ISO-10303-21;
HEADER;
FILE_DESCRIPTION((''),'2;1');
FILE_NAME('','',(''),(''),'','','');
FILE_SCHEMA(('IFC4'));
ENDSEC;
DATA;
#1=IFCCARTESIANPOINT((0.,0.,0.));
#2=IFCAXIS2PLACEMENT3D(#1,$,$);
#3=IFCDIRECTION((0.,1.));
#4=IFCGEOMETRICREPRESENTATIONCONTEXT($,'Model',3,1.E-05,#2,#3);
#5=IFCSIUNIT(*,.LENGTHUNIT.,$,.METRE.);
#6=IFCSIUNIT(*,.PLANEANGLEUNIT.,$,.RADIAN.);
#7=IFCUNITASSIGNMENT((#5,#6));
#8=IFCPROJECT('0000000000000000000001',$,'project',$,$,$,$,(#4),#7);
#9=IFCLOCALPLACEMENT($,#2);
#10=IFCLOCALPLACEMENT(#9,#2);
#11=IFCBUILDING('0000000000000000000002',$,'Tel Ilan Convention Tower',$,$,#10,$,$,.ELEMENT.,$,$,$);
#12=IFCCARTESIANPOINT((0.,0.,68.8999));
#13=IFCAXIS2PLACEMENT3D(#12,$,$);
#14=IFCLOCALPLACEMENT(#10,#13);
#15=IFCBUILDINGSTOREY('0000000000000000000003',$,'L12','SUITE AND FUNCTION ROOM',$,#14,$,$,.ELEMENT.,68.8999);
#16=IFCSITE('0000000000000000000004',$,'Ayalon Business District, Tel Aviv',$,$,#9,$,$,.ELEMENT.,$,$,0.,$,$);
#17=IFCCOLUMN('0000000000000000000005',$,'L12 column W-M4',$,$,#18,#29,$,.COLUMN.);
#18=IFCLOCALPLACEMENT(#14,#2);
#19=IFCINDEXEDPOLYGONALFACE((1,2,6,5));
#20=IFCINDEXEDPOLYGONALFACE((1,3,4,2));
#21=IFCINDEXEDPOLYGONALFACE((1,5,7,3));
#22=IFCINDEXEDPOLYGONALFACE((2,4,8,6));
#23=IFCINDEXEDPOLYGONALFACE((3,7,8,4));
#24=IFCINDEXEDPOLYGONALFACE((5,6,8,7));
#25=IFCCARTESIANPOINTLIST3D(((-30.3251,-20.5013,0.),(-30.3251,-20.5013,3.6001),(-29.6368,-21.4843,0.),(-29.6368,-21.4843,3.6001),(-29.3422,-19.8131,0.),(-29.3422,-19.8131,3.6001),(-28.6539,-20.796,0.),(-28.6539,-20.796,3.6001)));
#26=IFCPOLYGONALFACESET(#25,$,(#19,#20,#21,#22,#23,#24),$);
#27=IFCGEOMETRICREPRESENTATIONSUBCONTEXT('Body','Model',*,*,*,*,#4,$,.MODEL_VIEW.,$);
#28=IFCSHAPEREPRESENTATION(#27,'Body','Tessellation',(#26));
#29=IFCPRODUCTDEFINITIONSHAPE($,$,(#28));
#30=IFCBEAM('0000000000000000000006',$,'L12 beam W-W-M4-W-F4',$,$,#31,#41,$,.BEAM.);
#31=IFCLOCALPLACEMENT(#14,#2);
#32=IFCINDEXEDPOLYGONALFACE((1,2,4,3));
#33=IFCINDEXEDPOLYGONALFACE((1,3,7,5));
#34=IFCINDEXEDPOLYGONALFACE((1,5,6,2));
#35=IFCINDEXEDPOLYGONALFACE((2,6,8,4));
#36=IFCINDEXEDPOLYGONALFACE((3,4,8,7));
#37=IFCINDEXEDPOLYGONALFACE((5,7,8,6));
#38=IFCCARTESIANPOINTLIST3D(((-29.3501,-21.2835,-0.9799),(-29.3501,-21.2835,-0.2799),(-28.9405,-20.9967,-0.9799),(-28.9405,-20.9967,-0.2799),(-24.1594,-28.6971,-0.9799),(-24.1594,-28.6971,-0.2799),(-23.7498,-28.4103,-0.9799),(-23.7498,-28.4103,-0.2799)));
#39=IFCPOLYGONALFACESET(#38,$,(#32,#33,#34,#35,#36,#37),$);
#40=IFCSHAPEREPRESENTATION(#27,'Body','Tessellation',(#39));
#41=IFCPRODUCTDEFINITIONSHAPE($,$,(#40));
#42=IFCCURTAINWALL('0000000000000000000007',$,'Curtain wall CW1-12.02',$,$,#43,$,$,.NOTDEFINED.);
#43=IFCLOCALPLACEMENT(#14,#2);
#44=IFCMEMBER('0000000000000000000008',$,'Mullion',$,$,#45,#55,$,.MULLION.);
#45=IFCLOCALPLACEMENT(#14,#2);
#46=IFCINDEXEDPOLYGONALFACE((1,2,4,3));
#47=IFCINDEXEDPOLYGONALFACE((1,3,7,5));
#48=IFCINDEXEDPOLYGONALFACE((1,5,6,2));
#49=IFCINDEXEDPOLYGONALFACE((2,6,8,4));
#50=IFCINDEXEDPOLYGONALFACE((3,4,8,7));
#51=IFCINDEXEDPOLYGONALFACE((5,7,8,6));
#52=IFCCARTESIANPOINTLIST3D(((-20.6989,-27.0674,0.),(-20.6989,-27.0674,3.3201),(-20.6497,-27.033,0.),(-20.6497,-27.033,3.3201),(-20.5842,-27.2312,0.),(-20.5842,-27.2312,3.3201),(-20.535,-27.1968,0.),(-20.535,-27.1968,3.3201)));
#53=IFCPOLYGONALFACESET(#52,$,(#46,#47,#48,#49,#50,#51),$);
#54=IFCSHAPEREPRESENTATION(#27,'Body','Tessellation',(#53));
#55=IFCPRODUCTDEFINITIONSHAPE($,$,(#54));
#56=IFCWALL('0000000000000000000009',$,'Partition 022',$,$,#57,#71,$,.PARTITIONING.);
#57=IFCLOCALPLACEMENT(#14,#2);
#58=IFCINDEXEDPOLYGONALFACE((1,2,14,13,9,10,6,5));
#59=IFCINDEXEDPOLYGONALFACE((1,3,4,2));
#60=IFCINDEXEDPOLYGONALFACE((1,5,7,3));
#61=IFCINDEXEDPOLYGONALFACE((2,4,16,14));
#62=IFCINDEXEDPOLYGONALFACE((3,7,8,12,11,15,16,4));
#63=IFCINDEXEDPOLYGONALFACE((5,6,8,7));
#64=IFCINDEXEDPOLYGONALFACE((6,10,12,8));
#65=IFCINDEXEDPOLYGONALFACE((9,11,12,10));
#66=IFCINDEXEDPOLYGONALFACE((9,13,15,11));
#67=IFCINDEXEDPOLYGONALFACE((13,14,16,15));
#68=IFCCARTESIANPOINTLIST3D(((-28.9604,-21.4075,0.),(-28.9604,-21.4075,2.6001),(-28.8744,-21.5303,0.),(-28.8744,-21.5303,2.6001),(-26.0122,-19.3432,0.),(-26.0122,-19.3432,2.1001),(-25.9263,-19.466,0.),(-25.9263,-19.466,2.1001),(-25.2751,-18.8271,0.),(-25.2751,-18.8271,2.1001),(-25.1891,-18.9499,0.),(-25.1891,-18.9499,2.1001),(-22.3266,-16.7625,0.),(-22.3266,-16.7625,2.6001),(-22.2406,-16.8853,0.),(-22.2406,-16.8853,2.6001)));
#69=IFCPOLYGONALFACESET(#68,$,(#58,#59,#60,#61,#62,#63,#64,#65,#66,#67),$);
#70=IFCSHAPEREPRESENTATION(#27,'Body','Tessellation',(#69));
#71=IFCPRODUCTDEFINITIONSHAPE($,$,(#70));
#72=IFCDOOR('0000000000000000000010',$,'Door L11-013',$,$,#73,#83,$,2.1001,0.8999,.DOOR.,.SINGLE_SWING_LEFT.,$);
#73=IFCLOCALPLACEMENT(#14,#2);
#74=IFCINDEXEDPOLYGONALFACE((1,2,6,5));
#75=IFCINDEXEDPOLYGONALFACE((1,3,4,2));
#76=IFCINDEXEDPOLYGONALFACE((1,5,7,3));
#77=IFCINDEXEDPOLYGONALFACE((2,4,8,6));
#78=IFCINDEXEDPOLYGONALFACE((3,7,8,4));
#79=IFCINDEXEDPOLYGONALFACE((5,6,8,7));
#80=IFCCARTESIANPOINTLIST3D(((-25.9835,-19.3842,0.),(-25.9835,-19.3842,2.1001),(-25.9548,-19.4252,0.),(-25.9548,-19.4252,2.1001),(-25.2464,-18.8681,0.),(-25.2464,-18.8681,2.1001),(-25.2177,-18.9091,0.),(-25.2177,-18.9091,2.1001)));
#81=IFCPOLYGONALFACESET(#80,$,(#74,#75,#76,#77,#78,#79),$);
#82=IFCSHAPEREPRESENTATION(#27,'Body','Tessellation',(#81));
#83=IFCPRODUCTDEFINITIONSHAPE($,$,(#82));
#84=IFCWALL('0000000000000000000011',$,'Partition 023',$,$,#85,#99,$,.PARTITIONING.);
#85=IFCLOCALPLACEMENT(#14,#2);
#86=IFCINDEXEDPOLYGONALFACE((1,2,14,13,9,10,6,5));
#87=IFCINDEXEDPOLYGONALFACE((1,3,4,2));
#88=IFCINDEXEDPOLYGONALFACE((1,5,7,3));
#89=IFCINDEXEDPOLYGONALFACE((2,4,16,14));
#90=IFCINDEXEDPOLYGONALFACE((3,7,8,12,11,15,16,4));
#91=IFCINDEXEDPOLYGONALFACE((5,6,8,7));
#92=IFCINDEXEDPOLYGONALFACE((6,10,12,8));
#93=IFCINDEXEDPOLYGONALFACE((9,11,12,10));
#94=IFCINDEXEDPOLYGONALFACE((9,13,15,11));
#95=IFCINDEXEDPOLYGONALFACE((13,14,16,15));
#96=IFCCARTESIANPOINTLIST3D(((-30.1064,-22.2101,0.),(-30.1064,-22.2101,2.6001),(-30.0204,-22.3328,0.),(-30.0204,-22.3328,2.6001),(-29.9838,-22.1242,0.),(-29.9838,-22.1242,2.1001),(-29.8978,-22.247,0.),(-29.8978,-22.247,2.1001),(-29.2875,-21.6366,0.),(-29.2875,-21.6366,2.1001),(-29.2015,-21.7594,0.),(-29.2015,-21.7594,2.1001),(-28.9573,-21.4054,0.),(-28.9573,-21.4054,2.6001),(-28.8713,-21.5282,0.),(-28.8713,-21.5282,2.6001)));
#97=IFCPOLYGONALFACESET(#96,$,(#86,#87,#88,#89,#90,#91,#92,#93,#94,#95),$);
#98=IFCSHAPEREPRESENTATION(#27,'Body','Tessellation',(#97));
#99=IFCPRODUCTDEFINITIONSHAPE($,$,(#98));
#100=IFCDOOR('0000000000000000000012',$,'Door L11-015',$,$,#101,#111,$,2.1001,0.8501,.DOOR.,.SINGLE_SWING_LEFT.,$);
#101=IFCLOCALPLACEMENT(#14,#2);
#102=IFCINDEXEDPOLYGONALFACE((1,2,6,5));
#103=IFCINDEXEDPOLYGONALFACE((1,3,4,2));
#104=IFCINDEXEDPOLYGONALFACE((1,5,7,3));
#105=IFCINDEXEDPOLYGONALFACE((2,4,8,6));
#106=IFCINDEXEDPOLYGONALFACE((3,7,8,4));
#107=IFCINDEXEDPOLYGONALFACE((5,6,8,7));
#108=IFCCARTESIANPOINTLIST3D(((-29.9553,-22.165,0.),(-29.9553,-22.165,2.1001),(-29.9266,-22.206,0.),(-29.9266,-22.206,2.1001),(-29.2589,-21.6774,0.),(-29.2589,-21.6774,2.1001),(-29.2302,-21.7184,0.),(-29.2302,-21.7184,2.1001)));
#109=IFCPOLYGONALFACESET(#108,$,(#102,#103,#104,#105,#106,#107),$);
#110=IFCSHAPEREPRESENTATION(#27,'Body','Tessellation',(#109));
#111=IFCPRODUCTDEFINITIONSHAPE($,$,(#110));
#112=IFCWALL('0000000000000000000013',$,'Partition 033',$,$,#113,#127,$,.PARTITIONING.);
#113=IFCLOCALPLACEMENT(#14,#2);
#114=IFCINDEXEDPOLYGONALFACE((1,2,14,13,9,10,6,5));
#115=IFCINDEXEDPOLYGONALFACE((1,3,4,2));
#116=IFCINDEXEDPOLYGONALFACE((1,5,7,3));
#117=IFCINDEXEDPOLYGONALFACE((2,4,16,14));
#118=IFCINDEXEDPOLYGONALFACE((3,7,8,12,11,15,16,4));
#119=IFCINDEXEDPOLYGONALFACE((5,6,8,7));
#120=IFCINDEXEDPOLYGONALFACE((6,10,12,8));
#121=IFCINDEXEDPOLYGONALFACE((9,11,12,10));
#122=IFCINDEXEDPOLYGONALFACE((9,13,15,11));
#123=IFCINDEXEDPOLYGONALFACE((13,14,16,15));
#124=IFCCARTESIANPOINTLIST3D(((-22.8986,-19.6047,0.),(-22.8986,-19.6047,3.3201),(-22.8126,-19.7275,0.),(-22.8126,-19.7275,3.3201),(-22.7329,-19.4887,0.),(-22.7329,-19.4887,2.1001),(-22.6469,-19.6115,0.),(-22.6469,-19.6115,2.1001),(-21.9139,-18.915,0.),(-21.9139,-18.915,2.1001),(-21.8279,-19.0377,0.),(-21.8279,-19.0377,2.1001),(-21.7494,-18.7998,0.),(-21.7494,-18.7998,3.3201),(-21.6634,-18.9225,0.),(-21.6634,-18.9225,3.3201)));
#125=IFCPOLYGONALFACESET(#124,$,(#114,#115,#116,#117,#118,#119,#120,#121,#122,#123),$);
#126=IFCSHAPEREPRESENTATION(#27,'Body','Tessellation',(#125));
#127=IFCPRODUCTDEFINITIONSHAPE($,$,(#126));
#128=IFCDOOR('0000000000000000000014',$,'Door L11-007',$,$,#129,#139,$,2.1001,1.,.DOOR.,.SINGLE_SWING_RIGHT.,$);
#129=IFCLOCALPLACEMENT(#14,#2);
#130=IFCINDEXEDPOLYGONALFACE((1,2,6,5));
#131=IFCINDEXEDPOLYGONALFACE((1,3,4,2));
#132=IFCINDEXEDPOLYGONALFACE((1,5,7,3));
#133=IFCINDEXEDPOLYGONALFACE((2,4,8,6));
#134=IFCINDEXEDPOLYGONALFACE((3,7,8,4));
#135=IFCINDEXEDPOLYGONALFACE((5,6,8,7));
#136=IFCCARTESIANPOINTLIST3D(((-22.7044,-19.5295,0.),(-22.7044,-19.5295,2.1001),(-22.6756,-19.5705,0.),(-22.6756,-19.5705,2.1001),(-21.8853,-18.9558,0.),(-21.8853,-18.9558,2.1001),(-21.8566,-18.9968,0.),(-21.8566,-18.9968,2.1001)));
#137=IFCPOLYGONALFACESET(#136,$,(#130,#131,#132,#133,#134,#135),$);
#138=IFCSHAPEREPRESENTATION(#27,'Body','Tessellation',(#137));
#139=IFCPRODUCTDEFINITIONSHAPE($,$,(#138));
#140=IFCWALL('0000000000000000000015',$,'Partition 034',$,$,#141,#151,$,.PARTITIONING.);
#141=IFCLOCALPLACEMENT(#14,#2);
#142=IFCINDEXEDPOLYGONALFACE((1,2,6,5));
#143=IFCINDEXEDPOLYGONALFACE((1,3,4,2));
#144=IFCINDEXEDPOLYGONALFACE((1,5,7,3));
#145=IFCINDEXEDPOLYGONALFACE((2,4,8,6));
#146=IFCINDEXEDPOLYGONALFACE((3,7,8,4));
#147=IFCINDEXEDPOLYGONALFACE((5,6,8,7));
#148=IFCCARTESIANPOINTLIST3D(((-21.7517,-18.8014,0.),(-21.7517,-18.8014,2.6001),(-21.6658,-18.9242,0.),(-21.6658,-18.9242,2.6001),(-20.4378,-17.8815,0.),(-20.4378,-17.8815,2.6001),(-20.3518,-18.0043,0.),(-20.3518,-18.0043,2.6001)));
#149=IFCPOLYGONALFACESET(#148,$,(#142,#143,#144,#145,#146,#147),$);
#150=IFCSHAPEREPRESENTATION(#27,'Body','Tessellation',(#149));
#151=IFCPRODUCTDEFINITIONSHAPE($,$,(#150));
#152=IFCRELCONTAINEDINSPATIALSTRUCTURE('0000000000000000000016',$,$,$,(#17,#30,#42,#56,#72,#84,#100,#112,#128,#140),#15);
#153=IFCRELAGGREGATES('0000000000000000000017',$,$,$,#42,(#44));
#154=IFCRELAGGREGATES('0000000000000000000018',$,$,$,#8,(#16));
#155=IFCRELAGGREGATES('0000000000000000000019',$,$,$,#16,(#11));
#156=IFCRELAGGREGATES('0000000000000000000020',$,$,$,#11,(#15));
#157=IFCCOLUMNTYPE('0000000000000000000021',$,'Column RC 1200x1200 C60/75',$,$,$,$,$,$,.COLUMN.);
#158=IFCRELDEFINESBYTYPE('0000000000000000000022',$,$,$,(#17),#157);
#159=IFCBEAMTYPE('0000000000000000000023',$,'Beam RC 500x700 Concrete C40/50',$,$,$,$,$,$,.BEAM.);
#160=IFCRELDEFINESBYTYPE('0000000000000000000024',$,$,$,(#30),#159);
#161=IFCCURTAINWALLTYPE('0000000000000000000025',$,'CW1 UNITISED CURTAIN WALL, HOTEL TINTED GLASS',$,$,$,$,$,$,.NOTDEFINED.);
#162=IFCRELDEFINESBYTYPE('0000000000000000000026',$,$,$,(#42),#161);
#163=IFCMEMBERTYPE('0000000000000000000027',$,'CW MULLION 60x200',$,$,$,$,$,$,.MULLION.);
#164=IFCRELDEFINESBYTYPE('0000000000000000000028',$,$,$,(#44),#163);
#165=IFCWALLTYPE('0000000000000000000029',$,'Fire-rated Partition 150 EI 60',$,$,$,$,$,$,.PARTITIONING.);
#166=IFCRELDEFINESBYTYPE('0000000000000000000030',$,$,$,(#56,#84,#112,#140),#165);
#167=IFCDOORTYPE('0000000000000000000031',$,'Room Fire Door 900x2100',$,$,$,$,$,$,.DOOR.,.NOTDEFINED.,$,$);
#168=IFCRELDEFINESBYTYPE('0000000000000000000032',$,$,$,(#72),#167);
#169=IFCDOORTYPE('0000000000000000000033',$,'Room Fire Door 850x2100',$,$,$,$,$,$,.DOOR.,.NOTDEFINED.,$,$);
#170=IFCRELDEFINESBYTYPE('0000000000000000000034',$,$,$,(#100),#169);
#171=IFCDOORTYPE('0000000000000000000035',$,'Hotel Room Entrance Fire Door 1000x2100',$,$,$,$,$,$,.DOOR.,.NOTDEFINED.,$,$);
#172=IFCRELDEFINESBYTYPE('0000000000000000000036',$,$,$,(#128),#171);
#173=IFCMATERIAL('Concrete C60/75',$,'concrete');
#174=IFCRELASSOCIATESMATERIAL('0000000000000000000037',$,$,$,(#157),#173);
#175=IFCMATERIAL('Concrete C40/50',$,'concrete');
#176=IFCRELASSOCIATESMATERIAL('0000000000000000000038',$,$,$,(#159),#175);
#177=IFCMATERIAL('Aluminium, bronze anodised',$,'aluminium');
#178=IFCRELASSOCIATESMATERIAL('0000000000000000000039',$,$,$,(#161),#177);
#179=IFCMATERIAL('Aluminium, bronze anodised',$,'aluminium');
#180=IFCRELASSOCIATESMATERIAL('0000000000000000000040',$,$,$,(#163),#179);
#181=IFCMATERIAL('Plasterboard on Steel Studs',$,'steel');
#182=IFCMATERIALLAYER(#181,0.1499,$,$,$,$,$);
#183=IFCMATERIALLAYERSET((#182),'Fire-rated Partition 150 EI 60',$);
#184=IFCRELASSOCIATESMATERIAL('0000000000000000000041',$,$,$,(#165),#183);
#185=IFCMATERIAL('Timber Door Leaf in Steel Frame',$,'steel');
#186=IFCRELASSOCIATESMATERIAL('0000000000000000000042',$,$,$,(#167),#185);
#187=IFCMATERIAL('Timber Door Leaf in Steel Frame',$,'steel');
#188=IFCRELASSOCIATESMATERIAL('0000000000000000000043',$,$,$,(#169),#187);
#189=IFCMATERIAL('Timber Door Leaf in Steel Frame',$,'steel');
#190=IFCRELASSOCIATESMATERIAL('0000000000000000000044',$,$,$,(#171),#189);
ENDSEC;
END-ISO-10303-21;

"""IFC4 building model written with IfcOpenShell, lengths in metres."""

from ifc_helpers import new_model, si_unit, direction, frame, frame_2d, origin, origin_2d, place, context, subcontext, project, spatial, rectangle, extrude, material, layer, layer_set, material_profile, profile_set, type_object, element, fill, aggregate, save


model = new_model("IFC4")

# Units and contexts
model_context = context("Model", 3, precision=1e-05, world=origin(), true_north=direction((0.0, 1.0)))
body_context = subcontext(model_context, "Body", "Model", "MODEL_VIEW")
ifc_project = project(units=[si_unit("LENGTHUNIT", "METRE"), si_unit("PLANEANGLEUNIT", "RADIAN")], contexts=[model_context])

# Site, building, storey
site_placement = place(None, origin())
site = spatial("IfcSite", under=ifc_project, at=site_placement, Name="Ayalon Business District, Tel Aviv", CompositionType="ELEMENT", RefElevation=0.0)
building_placement = place(site_placement, origin())
building = spatial("IfcBuilding", under=site, at=building_placement, Name="Tel Ilan Convention Tower", CompositionType="ELEMENT")
storey_placement = place(building_placement, frame((0.0, 0.0, 68.8999)))
storey = spatial("IfcBuildingStorey", under=building, at=storey_placement, Name="L12", Description="SUITE AND FUNCTION ROOM", CompositionType="ELEMENT", Elevation=68.8999)

# Column
ifc_material_1 = material(Name="Concrete C60/75", Category="concrete")
ifc_material_profile_1 = material_profile(ifc_material_1, rectangle(XDim=1.2, YDim=1.2, at=origin_2d()), Name="RC 1200x1200")
ifc_profile_set_1 = profile_set([ifc_material_profile_1], Name="Concrete C60/75")
column_type = type_object("IfcColumnType", Name="Column RC 1200x1200 C60/75", PredefinedType="COLUMN", material=ifc_profile_set_1)
column_placement = place(storey_placement, frame((-29.4895, -20.6487, 0.0), z_axis=(0.0, 0.0, 1.0), x_axis=(-0.819152, -0.573576, 0.0)))
element("IfcColumn", 1, at=column_placement, inside=storey, type_object=column_type, Name="L12 column W-M4", PredefinedType="COLUMN", context=body_context, shape_type="SweptSolid", body=[
    extrude(rectangle(XDim=1.2, YDim=1.2, at=origin_2d()), origin(), (0.0, 0.0, 1.0), 3.6001),
])

# Beam
ifc_material_2 = material(Name="Concrete C40/50", Category="concrete")
ifc_material_profile_2 = material_profile(ifc_material_2, rectangle(XDim=0.5, YDim=0.7, at=origin_2d()), Name="RC 500x700")
ifc_profile_set_2 = profile_set([ifc_material_profile_2], Name="Concrete C40/50")
beam_type = type_object("IfcBeamType", Name="Beam RC 500x700 Concrete C40/50", PredefinedType="BEAM", material=ifc_profile_set_2)
beam_placement = place(storey_placement, frame((-29.1453, -21.1401, -0.6299), z_axis=(0.573549, -0.819171, 0.0), x_axis=(0.819171, 0.573549, 0.0)))
element("IfcBeam", 2, at=beam_placement, inside=storey, type_object=beam_type, Name="L12 beam W-W-M4-W-F4", PredefinedType="BEAM", context=body_context, shape_type="SweptSolid", body=[
    extrude(rectangle(XDim=0.5, YDim=0.7, at=origin_2d()), origin(), (0.0, 0.0, 1.0), 9.05),
])

# Curtain wall, member
ifc_material_3 = material(Name="Aluminium, bronze anodised", Category="aluminium")
curtain_wall_type = type_object("IfcCurtainWallType", Name="CW1 UNITISED CURTAIN WALL, HOTEL TINTED GLASS", PredefinedType="NOTDEFINED", material=ifc_material_3)
curtain_wall_placement = place(storey_placement, origin())
curtain_wall = element("IfcCurtainWall", 3, at=curtain_wall_placement, inside=storey, type_object=curtain_wall_type, Name="Curtain wall CW1-12.02", PredefinedType="NOTDEFINED")
ifc_material_4 = material(Name="Aluminium, bronze anodised", Category="aluminium")
ifc_material_profile_3 = material_profile(ifc_material_4, rectangle(XDim=0.0601, YDim=0.2, at=origin_2d()), Name="CW MULLION 60x200")
ifc_profile_set_3 = profile_set([ifc_material_profile_3], Name="Aluminium, bronze anodised")
member_type = type_object("IfcMemberType", Name="CW MULLION 60x200", PredefinedType="MULLION", material=ifc_profile_set_3)
member_placement = place(storey_placement, frame((-20.6169, -27.1321, 0.0), z_axis=(0.0, 0.0, 1.0), x_axis=(0.819152, 0.573576, 0.0)))
member = element("IfcMember", 4, at=member_placement, type_object=member_type, Name="Mullion", PredefinedType="MULLION", context=body_context, shape_type="SweptSolid", body=[
    extrude(rectangle(XDim=0.0601, YDim=0.2, at=origin_2d()), origin(), (0.0, 0.0, 1.0), 3.3201),
])
aggregate(curtain_wall, [member])

# Walls, openings, doors
ifc_material_5 = material(Name="Plasterboard on Steel Studs", Category="steel")
ifc_layer_1 = layer(ifc_material_5, 0.1499)
ifc_layer_set_1 = layer_set([ifc_layer_1], Name="Fire-rated Partition 150 EI 60")
wall_type_1 = type_object("IfcWallType", Name="Fire-rated Partition 150 EI 60", PredefinedType="PARTITIONING", material=ifc_layer_set_1)
wall_1_placement = place(storey_placement, frame((-28.9175, -21.469, 0.0), z_axis=(0.0, 0.0, 1.0), x_axis=(0.819153, 0.573576, 0.0)))
wall_1 = element("IfcWall", 5, at=wall_1_placement, inside=storey, type_object=wall_type_1, Name="Partition 022", PredefinedType="PARTITIONING", context=body_context, shape_type="SweptSolid", body=[
    extrude(rectangle(XDim=8.0984, YDim=0.1499, at=frame_2d((4.0493, 0.0))), origin(), (0.0, 0.0, 1.0), 2.6001),
])
opening_1_placement = place(wall_1_placement, frame((3.5991, 0.0, 0.0)))
opening_1 = element("IfcOpeningElement", 6, at=opening_1_placement, cuts=wall_1, PredefinedType="OPENING", context=body_context, shape_type="SweptSolid", body=[
    extrude(rectangle(XDim=0.8999, YDim=2.1001, at=frame_2d((0.45, 1.05))), frame((0.0, 0.085, 0.0), z_axis=(0.0, -1.0, 0.0), x_axis=(1.0, 0.0, 0.0)), (0.0, 0.0, 1.0), 0.1699),
])
ifc_material_6 = material(Name="Timber Door Leaf in Steel Frame", Category="steel")
door_type_1 = type_object("IfcDoorType", Name="Room Fire Door 900x2100", OperationType="NOTDEFINED", PredefinedType="DOOR", material=ifc_material_6)
door_1_placement = place(opening_1_placement, origin())
door_1 = element("IfcDoor", 7, at=door_1_placement, inside=storey, type_object=door_type_1, Name="Door L11-013", OperationType="SINGLE_SWING_LEFT", OverallHeight=2.1001, OverallWidth=0.8999, PredefinedType="DOOR", context=body_context, shape_type="SweptSolid", body=[
    extrude(rectangle(XDim=0.8999, YDim=2.1001, at=frame_2d((0.45, 1.05))), frame((0.0, 0.0249, 0.0), z_axis=(0.0, -1.0, 0.0), x_axis=(1.0, 0.0, 0.0)), (0.0, 0.0, 1.0), 0.05),
])
fill(opening_1, door_1)
wall_2_placement = place(storey_placement, frame((-28.9143, -21.4668, 0.0), z_axis=(0.0, 0.0, 1.0), x_axis=(-0.819142, -0.573591, 0.0)))
wall_2 = element("IfcWall", 8, at=wall_2_placement, inside=storey, type_object=wall_type_1, Name="Partition 023", PredefinedType="PARTITIONING", context=body_context, shape_type="SweptSolid", body=[
    extrude(rectangle(XDim=1.4028, YDim=0.1499, at=frame_2d((0.7014, 0.0))), origin(), (0.0, 0.0, 1.0), 2.6001),
])
opening_2_placement = place(wall_2_placement, frame((0.4031, 0.0, 0.0)))
opening_2 = element("IfcOpeningElement", 9, at=opening_2_placement, cuts=wall_2, PredefinedType="OPENING", context=body_context, shape_type="SweptSolid", body=[
    extrude(rectangle(XDim=0.8501, YDim=2.1001, at=frame_2d((0.425, 1.05))), frame((0.0, 0.085, 0.0), z_axis=(0.0, -1.0, 0.0), x_axis=(1.0, 0.0, 0.0)), (0.0, 0.0, 1.0), 0.1699),
])
ifc_material_7 = material(Name="Timber Door Leaf in Steel Frame", Category="steel")
door_type_2 = type_object("IfcDoorType", Name="Room Fire Door 850x2100", OperationType="NOTDEFINED", PredefinedType="DOOR", material=ifc_material_7)
door_2_placement = place(opening_2_placement, origin())
door_2 = element("IfcDoor", 10, at=door_2_placement, inside=storey, type_object=door_type_2, Name="Door L11-015", OperationType="SINGLE_SWING_LEFT", OverallHeight=2.1001, OverallWidth=0.8501, PredefinedType="DOOR", context=body_context, shape_type="SweptSolid", body=[
    extrude(rectangle(XDim=0.8501, YDim=2.1001, at=frame_2d((0.425, 1.05))), frame((0.0, 0.0249, 0.0), z_axis=(0.0, -1.0, 0.0), x_axis=(1.0, 0.0, 0.0)), (0.0, 0.0, 1.0), 0.05),
])
fill(opening_2, door_2)
wall_3_placement = place(storey_placement, frame((-21.7063, -18.8611, 0.0), z_axis=(0.0, 0.0, 1.0), x_axis=(-0.81906, -0.573708, 0.0)))
wall_3 = element("IfcWall", 11, at=wall_3_placement, inside=storey, type_object=wall_type_1, Name="Partition 033", PredefinedType="PARTITIONING", context=body_context, shape_type="SweptSolid", body=[
    extrude(rectangle(XDim=1.4031, YDim=0.1499, at=frame_2d((0.7017, 0.0))), origin(), (0.0, 0.0, 1.0), 3.3201),
])
opening_3_placement = place(wall_3_placement, frame((0.2009, 0.0, 0.0)))
opening_3 = element("IfcOpeningElement", 12, at=opening_3_placement, cuts=wall_3, PredefinedType="OPENING", context=body_context, shape_type="SweptSolid", body=[
    extrude(rectangle(XDim=1.0, YDim=2.1001, at=frame_2d((0.5, 1.05))), frame((0.0, 0.085, 0.0), z_axis=(0.0, -1.0, 0.0), x_axis=(1.0, 0.0, 0.0)), (0.0, 0.0, 1.0), 0.1699),
])
ifc_material_8 = material(Name="Timber Door Leaf in Steel Frame", Category="steel")
door_type_3 = type_object("IfcDoorType", Name="Hotel Room Entrance Fire Door 1000x2100", OperationType="NOTDEFINED", PredefinedType="DOOR", material=ifc_material_8)
door_3_placement = place(opening_3_placement, origin())
door_3 = element("IfcDoor", 13, at=door_3_placement, inside=storey, type_object=door_type_3, Name="Door L11-007", OperationType="SINGLE_SWING_RIGHT", OverallHeight=2.1001, OverallWidth=1.0, PredefinedType="DOOR", context=body_context, shape_type="SweptSolid", body=[
    extrude(rectangle(XDim=1.0, YDim=2.1001, at=frame_2d((0.5, 1.05))), frame((0.0, 0.0249, 0.0), z_axis=(0.0, -1.0, 0.0), x_axis=(1.0, 0.0, 0.0)), (0.0, 0.0, 1.0), 0.05),
])
fill(opening_3, door_3)

# Wall
wall_4_placement = place(storey_placement, frame((-20.3948, -17.9429, 0.0), z_axis=(0.0, 0.0, 1.0), x_axis=(-0.819189, -0.573524, 0.0)))
element("IfcWall", 14, at=wall_4_placement, inside=storey, type_object=wall_type_1, Name="Partition 034", PredefinedType="PARTITIONING", context=body_context, shape_type="SweptSolid", body=[
    extrude(rectangle(XDim=1.604, YDim=0.1499, at=frame_2d((0.802, 0.0))), origin(), (0.0, 0.0, 1.0), 2.6001),
])

save(model, "model.ifc")
